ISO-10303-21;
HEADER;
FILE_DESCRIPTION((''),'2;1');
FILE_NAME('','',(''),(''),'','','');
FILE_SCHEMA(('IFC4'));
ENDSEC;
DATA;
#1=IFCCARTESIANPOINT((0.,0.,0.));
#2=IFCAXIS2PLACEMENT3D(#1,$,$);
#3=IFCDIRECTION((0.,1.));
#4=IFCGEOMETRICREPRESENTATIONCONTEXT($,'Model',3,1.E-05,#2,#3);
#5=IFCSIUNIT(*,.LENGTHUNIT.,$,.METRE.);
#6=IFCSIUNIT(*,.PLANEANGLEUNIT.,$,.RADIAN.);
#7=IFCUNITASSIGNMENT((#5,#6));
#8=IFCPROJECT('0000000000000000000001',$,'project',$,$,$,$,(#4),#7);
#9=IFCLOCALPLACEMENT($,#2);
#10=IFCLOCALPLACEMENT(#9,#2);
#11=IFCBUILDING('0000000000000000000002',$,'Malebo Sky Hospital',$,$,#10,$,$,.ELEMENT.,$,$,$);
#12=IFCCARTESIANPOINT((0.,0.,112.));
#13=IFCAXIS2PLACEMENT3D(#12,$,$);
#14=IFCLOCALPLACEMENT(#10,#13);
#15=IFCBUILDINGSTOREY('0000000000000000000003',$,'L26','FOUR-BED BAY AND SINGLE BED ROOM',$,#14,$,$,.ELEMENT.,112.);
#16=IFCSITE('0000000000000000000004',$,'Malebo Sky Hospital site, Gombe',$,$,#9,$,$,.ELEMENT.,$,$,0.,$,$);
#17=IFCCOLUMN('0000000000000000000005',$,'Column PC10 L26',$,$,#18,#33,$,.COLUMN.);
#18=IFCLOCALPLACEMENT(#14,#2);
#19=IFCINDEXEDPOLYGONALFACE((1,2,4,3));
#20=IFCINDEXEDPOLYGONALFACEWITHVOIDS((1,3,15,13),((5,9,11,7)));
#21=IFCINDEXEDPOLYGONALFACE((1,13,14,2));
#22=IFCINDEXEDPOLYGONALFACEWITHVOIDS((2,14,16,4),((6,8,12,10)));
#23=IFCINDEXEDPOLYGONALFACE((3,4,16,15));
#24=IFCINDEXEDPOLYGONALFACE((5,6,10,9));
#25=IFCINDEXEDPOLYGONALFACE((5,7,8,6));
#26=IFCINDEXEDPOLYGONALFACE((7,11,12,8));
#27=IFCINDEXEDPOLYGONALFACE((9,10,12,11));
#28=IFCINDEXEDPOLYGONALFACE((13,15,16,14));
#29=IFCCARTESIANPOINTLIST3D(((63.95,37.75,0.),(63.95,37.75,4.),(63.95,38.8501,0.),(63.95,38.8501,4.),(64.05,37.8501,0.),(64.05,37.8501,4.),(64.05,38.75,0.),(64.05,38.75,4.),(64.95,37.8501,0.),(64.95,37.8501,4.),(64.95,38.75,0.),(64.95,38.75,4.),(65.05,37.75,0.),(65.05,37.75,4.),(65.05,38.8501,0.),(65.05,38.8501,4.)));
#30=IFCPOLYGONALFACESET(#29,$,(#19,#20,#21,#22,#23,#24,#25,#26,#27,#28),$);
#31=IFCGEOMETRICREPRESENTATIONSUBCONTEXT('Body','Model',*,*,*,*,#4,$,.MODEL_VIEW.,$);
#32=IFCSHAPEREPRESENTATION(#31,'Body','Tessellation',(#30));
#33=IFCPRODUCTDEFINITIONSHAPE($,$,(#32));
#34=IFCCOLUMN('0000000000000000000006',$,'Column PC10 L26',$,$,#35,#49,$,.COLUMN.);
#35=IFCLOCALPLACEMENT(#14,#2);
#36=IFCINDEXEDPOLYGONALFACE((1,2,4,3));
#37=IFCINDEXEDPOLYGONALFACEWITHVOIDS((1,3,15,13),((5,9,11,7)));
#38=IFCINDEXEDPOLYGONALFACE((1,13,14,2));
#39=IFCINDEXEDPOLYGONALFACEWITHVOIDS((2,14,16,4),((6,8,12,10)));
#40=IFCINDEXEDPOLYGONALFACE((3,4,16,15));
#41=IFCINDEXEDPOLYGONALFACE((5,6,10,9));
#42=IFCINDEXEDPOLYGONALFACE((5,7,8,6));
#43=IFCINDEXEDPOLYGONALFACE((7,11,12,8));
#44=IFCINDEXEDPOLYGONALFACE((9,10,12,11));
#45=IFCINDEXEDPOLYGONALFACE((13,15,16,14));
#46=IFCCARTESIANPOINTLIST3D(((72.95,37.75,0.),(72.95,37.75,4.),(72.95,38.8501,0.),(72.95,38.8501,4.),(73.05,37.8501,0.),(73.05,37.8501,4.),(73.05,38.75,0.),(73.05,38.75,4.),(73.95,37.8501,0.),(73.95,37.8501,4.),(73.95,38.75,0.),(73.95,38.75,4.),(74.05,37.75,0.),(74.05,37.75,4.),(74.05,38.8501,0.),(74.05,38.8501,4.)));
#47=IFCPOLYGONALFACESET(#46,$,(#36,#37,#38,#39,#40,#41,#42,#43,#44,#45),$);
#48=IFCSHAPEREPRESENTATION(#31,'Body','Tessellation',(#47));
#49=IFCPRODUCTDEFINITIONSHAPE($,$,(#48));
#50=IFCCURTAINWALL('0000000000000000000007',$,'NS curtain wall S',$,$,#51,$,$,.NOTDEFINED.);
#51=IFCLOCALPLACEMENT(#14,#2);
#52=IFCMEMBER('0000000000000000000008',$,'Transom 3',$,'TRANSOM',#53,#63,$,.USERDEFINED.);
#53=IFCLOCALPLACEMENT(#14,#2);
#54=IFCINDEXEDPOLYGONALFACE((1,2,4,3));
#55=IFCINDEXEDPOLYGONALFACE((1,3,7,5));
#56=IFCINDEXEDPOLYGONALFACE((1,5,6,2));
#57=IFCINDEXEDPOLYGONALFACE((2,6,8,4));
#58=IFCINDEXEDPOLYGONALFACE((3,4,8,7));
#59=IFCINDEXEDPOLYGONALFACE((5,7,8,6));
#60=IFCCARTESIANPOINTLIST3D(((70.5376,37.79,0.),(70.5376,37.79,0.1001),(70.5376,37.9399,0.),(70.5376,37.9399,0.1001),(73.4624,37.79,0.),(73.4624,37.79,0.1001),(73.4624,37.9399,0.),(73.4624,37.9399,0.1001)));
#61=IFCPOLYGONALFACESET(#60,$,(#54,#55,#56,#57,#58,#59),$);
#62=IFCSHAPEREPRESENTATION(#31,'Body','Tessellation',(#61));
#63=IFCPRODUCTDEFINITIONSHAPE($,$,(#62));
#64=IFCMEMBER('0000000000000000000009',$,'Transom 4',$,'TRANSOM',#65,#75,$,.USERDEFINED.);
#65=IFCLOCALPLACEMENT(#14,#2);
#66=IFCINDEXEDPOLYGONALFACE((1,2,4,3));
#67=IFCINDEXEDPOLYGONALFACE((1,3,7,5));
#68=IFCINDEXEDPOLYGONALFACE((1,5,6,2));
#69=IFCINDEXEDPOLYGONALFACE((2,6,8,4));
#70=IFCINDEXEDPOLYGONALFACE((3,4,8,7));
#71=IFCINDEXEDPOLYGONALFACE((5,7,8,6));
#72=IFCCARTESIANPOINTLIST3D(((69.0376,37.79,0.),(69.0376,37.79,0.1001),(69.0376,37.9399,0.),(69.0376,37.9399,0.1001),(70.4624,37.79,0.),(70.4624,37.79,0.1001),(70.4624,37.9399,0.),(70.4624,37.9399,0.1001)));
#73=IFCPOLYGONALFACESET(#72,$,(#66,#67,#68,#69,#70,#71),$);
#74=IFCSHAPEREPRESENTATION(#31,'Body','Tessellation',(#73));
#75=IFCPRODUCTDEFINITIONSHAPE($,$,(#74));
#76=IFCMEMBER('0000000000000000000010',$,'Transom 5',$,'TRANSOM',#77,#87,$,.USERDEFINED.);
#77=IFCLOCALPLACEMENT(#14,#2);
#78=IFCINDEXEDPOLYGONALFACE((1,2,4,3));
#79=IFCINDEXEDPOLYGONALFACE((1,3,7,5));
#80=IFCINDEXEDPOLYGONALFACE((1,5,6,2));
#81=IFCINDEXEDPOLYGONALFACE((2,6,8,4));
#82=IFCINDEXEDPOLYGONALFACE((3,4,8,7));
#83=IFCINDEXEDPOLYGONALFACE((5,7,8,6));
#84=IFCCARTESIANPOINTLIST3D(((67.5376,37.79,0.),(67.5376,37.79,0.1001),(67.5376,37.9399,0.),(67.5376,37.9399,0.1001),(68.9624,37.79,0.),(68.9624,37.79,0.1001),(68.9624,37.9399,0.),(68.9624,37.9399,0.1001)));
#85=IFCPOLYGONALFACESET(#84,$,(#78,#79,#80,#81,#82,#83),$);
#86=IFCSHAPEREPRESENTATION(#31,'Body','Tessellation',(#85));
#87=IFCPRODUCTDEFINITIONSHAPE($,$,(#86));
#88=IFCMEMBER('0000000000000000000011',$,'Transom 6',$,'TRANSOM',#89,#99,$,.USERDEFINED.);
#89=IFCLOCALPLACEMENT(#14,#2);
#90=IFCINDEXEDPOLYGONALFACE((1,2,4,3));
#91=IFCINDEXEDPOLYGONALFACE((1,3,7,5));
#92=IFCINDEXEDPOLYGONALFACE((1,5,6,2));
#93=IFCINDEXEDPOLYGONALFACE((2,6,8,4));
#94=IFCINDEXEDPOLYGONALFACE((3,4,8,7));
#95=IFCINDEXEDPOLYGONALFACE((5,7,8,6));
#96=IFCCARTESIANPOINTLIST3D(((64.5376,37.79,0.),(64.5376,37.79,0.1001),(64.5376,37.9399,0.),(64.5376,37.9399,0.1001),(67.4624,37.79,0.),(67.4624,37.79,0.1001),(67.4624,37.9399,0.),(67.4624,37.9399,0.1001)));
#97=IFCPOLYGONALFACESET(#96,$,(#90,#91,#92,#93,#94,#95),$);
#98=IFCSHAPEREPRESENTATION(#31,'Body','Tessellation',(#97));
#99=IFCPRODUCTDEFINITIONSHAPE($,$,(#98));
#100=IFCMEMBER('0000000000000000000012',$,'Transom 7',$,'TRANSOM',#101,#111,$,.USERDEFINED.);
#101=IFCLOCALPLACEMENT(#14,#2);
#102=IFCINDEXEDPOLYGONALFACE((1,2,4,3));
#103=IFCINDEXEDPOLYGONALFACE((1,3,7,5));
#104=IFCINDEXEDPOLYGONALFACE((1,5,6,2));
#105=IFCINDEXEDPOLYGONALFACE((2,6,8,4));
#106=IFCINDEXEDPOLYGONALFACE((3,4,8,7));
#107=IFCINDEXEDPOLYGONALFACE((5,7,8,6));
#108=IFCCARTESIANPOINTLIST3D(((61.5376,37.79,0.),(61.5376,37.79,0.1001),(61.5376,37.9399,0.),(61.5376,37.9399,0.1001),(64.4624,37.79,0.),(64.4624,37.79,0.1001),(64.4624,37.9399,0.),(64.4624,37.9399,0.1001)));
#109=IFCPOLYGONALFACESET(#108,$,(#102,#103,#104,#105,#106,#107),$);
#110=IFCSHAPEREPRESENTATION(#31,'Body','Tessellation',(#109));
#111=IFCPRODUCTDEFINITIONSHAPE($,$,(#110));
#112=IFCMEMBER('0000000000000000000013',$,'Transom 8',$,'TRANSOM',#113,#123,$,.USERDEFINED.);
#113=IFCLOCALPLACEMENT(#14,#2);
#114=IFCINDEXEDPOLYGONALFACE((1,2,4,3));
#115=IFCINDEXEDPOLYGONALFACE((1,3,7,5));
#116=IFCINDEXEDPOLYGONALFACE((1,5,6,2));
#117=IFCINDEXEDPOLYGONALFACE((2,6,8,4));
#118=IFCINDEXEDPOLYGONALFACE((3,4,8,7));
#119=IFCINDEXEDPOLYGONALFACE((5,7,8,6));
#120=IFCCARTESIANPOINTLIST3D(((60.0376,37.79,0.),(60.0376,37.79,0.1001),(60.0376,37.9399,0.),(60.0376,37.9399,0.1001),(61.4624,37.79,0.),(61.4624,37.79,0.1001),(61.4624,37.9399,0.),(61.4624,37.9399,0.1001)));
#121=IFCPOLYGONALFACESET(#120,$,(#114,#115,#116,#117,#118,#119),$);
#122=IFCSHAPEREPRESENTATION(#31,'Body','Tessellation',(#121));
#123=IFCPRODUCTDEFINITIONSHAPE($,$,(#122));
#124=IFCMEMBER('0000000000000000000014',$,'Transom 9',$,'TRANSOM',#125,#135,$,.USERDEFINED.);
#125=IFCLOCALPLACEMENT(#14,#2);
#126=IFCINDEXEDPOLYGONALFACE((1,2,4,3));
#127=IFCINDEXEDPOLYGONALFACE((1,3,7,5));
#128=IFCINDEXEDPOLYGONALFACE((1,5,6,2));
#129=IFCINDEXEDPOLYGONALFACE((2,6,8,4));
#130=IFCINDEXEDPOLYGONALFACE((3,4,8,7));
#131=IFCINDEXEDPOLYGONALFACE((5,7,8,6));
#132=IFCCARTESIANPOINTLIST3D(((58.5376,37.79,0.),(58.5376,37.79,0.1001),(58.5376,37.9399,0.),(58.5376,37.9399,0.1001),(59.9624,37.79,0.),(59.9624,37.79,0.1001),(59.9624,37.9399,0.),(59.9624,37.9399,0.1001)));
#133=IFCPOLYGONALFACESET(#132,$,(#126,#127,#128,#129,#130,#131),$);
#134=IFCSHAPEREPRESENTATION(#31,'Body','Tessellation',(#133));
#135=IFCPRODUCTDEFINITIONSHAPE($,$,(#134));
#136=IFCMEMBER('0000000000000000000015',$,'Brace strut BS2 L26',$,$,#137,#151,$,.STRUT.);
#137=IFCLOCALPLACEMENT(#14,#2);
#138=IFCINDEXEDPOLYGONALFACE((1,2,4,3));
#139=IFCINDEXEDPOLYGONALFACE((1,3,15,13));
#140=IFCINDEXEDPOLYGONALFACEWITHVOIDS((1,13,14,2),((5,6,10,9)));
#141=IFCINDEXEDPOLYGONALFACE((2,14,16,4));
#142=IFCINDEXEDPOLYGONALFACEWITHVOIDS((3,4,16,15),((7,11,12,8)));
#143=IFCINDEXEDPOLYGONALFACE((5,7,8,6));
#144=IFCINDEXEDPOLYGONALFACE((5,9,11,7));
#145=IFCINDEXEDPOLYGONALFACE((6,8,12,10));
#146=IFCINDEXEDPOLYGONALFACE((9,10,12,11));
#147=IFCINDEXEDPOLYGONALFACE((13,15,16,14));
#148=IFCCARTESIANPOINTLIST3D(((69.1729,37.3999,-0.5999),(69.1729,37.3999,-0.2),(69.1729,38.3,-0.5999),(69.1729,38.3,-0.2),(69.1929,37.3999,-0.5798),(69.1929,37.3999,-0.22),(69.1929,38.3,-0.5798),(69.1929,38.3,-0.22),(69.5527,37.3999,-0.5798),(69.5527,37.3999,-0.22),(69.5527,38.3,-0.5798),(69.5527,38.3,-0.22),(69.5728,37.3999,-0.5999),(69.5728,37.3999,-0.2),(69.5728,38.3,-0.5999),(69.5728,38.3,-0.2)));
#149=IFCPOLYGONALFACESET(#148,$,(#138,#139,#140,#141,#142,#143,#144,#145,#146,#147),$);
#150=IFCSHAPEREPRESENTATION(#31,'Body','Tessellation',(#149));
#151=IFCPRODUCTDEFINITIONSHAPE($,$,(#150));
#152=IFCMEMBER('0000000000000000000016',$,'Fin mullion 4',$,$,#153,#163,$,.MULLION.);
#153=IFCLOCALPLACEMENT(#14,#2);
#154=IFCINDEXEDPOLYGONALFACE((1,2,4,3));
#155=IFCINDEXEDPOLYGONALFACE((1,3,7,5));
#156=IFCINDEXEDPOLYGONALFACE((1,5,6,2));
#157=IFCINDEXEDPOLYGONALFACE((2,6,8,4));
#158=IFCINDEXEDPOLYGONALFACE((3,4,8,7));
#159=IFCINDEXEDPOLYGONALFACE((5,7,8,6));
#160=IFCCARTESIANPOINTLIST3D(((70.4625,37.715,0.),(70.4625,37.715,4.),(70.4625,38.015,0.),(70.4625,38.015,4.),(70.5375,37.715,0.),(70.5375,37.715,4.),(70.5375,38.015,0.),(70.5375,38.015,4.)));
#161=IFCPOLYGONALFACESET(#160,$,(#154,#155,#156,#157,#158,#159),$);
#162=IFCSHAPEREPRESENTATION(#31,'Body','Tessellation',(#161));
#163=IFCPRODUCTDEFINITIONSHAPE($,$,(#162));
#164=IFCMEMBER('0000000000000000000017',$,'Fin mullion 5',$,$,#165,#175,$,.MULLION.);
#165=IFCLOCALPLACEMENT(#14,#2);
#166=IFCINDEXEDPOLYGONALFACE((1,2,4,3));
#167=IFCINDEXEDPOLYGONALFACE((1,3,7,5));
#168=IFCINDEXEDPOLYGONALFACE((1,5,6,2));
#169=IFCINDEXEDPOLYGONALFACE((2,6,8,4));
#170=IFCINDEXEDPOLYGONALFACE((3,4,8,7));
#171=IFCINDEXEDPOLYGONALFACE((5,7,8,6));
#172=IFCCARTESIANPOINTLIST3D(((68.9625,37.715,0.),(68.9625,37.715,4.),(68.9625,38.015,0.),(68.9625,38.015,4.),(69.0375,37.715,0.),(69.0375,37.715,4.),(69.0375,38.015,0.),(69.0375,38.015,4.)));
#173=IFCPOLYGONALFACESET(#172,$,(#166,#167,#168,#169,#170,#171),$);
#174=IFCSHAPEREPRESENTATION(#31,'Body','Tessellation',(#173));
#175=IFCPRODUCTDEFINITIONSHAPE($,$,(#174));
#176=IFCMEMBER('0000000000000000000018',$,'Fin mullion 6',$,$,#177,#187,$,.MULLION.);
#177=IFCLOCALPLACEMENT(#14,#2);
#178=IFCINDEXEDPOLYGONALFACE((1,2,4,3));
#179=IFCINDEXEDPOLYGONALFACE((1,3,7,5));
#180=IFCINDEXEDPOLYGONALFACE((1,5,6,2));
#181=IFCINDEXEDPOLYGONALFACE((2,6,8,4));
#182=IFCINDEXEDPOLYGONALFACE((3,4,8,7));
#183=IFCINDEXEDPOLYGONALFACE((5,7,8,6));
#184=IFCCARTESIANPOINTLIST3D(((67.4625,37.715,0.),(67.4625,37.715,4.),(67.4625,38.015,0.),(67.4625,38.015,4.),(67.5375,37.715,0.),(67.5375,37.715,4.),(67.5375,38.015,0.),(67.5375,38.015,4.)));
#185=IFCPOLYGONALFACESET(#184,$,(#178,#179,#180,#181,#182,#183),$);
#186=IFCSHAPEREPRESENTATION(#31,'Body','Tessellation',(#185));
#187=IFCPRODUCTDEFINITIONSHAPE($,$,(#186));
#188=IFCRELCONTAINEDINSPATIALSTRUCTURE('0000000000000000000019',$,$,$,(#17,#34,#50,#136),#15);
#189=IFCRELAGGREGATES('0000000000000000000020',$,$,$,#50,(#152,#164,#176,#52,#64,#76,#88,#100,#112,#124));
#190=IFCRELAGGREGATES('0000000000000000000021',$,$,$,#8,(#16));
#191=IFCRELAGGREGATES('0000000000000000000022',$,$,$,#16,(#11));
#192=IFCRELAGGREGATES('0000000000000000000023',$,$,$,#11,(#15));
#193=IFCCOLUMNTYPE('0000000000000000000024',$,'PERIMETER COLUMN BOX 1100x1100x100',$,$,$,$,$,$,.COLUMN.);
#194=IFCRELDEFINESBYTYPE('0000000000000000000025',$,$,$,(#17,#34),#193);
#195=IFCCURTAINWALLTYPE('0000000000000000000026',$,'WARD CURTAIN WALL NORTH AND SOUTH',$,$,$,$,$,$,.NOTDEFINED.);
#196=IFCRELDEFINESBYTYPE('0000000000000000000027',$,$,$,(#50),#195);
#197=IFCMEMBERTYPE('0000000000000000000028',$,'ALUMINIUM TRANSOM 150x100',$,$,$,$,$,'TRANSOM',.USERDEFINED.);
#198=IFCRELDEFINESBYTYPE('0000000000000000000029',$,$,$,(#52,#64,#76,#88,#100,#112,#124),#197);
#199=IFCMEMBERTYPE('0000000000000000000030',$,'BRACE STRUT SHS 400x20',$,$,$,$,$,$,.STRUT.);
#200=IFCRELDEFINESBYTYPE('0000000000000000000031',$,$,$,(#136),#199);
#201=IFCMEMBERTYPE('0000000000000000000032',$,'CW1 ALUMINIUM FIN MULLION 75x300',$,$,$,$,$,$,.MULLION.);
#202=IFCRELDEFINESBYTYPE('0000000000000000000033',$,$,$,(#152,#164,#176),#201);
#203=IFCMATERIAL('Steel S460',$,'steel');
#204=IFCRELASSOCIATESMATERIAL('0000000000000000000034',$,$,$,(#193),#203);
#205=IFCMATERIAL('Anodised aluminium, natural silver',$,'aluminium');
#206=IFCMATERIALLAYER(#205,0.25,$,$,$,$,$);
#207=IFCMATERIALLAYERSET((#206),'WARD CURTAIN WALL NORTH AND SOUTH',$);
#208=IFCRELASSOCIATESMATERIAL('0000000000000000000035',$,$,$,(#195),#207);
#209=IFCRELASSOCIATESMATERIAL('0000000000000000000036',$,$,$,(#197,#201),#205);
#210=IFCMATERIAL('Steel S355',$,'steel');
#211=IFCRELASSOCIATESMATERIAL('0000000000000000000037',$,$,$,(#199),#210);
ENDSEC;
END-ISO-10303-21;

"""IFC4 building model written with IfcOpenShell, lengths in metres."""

from ifc_helpers import new_model, si_unit, direction, frame, origin, origin_2d, place, context, subcontext, project, spatial, rectangle, hollow_rectangle, extrude, material, layer, layer_set, material_profile, profile_set, type_object, element, aggregate, save


model = new_model("IFC4")

# Units and contexts
model_context = context("Model", 3, precision=1e-05, world=origin(), true_north=direction((0.0, 1.0)))
body_context = subcontext(model_context, "Body", "Model", "MODEL_VIEW")
ifc_project = project(units=[si_unit("LENGTHUNIT", "METRE"), si_unit("PLANEANGLEUNIT", "RADIAN")], contexts=[model_context])

# Site, building, storey
site_placement = place(None, origin())
site = spatial("IfcSite", under=ifc_project, at=site_placement, Name="Malebo Sky Hospital site, Gombe", CompositionType="ELEMENT", RefElevation=0.0)
building_placement = place(site_placement, origin())
building = spatial("IfcBuilding", under=site, at=building_placement, Name="Malebo Sky Hospital", CompositionType="ELEMENT")
storey_placement = place(building_placement, frame((0.0, 0.0, 112.0)))
storey = spatial("IfcBuildingStorey", under=building, at=storey_placement, Name="L26", Description="FOUR-BED BAY AND SINGLE BED ROOM", CompositionType="ELEMENT", Elevation=112.0)

# Columns
ifc_material_1 = material(Name="Steel S460", Category="steel")
ifc_material_profile_1 = material_profile(ifc_material_1, hollow_rectangle(XDim=1.1001, YDim=1.1001, WallThickness=0.1001, at=origin_2d()), Name="BOX 1100x1100x100")
ifc_profile_set_1 = profile_set([ifc_material_profile_1], Name="Steel S460")
column_type = type_object("IfcColumnType", Name="PERIMETER COLUMN BOX 1100x1100x100", PredefinedType="COLUMN", material=ifc_profile_set_1)
for number, where, z_axis, x_axis, name in (
    (1, (64.5, 38.3, 0.0), (0.0, 0.0, 1.0), (1.0, 0.0, 0.0), "Column PC10 L26"),
    (2, (73.5, 38.3, 0.0), (0.0, 0.0, 1.0), (1.0, 0.0, 0.0), "Column PC10 L26"),
):
    element("IfcColumn", number, at=place(storey_placement, frame(where, z_axis=z_axis, x_axis=x_axis)), inside=storey, type_object=column_type, Name=name, PredefinedType="COLUMN", context=body_context, shape_type="SweptSolid", body=[
        extrude(hollow_rectangle(XDim=1.1001, YDim=1.1001, WallThickness=0.1001, at=origin_2d()), origin(), (0.0, 0.0, 1.0), 4.0),
    ])

# Curtain wall, members
ifc_material_2 = material(Name="Anodised aluminium, natural silver", Category="aluminium")
ifc_layer_1 = layer(ifc_material_2, 0.25)
ifc_layer_set_1 = layer_set([ifc_layer_1], Name="WARD CURTAIN WALL NORTH AND SOUTH")
curtain_wall_type = type_object("IfcCurtainWallType", Name="WARD CURTAIN WALL NORTH AND SOUTH", PredefinedType="NOTDEFINED", material=ifc_layer_set_1)
curtain_wall_placement = place(storey_placement, origin())
curtain_wall = element("IfcCurtainWall", 3, at=curtain_wall_placement, inside=storey, type_object=curtain_wall_type, Name="NS curtain wall S", PredefinedType="NOTDEFINED")
ifc_material_profile_2 = material_profile(ifc_material_2, rectangle(XDim=0.1499, YDim=0.1001, at=origin_2d()), Name="ALUMINIUM TRANSOM 150x100")
ifc_profile_set_2 = profile_set([ifc_material_profile_2], Name="Anodised aluminium, natural silver")
member_type_1 = type_object("IfcMemberType", Name="ALUMINIUM TRANSOM 150x100", ElementType="TRANSOM", PredefinedType="USERDEFINED", material=ifc_profile_set_2)
member_1_placement = place(storey_placement, frame((73.4624, 37.865, 0.05), z_axis=(-1.0, 0.0, 0.0), x_axis=(0.0, -1.0, 0.0)))
member_1 = element("IfcMember", 4, at=member_1_placement, type_object=member_type_1, Name="Transom 3", ObjectType="TRANSOM", PredefinedType="USERDEFINED", context=body_context, shape_type="SweptSolid", body=[
    extrude(rectangle(XDim=0.1499, YDim=0.1001, at=origin_2d()), origin(), (0.0, 0.0, 1.0), 2.9248),
])
member_2_placement = place(storey_placement, frame((70.4624, 37.865, 0.05), z_axis=(-1.0, 0.0, 0.0), x_axis=(0.0, -1.0, 0.0)))
member_2 = element("IfcMember", 5, at=member_2_placement, type_object=member_type_1, Name="Transom 4", ObjectType="TRANSOM", PredefinedType="USERDEFINED", context=body_context, shape_type="SweptSolid", body=[
    extrude(rectangle(XDim=0.1499, YDim=0.1001, at=origin_2d()), origin(), (0.0, 0.0, 1.0), 1.4248),
])
member_3_placement = place(storey_placement, frame((68.9624, 37.865, 0.05), z_axis=(-1.0, 0.0, 0.0), x_axis=(0.0, -1.0, 0.0)))
member_3 = element("IfcMember", 6, at=member_3_placement, type_object=member_type_1, Name="Transom 5", ObjectType="TRANSOM", PredefinedType="USERDEFINED", context=body_context, shape_type="SweptSolid", body=[
    extrude(rectangle(XDim=0.1499, YDim=0.1001, at=origin_2d()), origin(), (0.0, 0.0, 1.0), 1.4248),
])
member_4_placement = place(storey_placement, frame((67.4624, 37.865, 0.05), z_axis=(-1.0, 0.0, 0.0), x_axis=(0.0, -1.0, 0.0)))
member_4 = element("IfcMember", 7, at=member_4_placement, type_object=member_type_1, Name="Transom 6", ObjectType="TRANSOM", PredefinedType="USERDEFINED", context=body_context, shape_type="SweptSolid", body=[
    extrude(rectangle(XDim=0.1499, YDim=0.1001, at=origin_2d()), origin(), (0.0, 0.0, 1.0), 2.9248),
])
member_5_placement = place(storey_placement, frame((64.4624, 37.865, 0.05), z_axis=(-1.0, 0.0, 0.0), x_axis=(0.0, -1.0, 0.0)))
member_5 = element("IfcMember", 8, at=member_5_placement, type_object=member_type_1, Name="Transom 7", ObjectType="TRANSOM", PredefinedType="USERDEFINED", context=body_context, shape_type="SweptSolid", body=[
    extrude(rectangle(XDim=0.1499, YDim=0.1001, at=origin_2d()), origin(), (0.0, 0.0, 1.0), 2.9248),
])
member_6_placement = place(storey_placement, frame((61.4624, 37.865, 0.05), z_axis=(-1.0, 0.0, 0.0), x_axis=(0.0, -1.0, 0.0)))
member_6 = element("IfcMember", 9, at=member_6_placement, type_object=member_type_1, Name="Transom 8", ObjectType="TRANSOM", PredefinedType="USERDEFINED", context=body_context, shape_type="SweptSolid", body=[
    extrude(rectangle(XDim=0.1499, YDim=0.1001, at=origin_2d()), origin(), (0.0, 0.0, 1.0), 1.4248),
])
member_7_placement = place(storey_placement, frame((59.9624, 37.865, 0.05), z_axis=(-1.0, 0.0, 0.0), x_axis=(0.0, -1.0, 0.0)))
member_7 = element("IfcMember", 10, at=member_7_placement, type_object=member_type_1, Name="Transom 9", ObjectType="TRANSOM", PredefinedType="USERDEFINED", context=body_context, shape_type="SweptSolid", body=[
    extrude(rectangle(XDim=0.1499, YDim=0.1001, at=origin_2d()), origin(), (0.0, 0.0, 1.0), 1.4248),
])

# Members
ifc_material_3 = material(Name="Steel S355", Category="steel")
ifc_material_profile_3 = material_profile(ifc_material_3, hollow_rectangle(XDim=0.3999, YDim=0.3999, WallThickness=0.02, at=origin_2d()), Name="SHS 400x20")
ifc_profile_set_3 = profile_set([ifc_material_profile_3], Name="Steel S355")
member_type_2 = type_object("IfcMemberType", Name="BRACE STRUT SHS 400x20", PredefinedType="STRUT", material=ifc_profile_set_3)
member_8_placement = place(storey_placement, frame((69.3728, 37.3999, -0.3999), z_axis=(0.0, 1.0, 0.0), x_axis=(-1.0, 0.0, 0.0)))
element("IfcMember", 11, at=member_8_placement, inside=storey, type_object=member_type_2, Name="Brace strut BS2 L26", PredefinedType="STRUT", context=body_context, shape_type="SweptSolid", body=[
    extrude(hollow_rectangle(XDim=0.3999, YDim=0.3999, WallThickness=0.02, at=origin_2d()), origin(), (0.0, 0.0, 1.0), 0.9001),
])
ifc_material_profile_4 = material_profile(ifc_material_2, rectangle(XDim=0.075, YDim=0.3, at=origin_2d()), Name="CW1 ALUMINIUM FIN MULLION 75x300")
ifc_profile_set_4 = profile_set([ifc_material_profile_4], Name="Anodised aluminium, natural silver")
member_type_3 = type_object("IfcMemberType", Name="CW1 ALUMINIUM FIN MULLION 75x300", PredefinedType="MULLION", material=ifc_profile_set_4)
member_9_placement = place(storey_placement, frame((70.5, 37.865, 0.0), z_axis=(0.0, 0.0, 1.0), x_axis=(-1.0, 0.0, 0.0)))
member_9 = element("IfcMember", 12, at=member_9_placement, type_object=member_type_3, Name="Fin mullion 4", PredefinedType="MULLION", context=body_context, shape_type="SweptSolid", body=[
    extrude(rectangle(XDim=0.075, YDim=0.3, at=origin_2d()), origin(), (0.0, 0.0, 1.0), 4.0),
])
member_10_placement = place(storey_placement, frame((69.0, 37.865, 0.0), z_axis=(0.0, 0.0, 1.0), x_axis=(-1.0, 0.0, 0.0)))
member_10 = element("IfcMember", 13, at=member_10_placement, type_object=member_type_3, Name="Fin mullion 5", PredefinedType="MULLION", context=body_context, shape_type="SweptSolid", body=[
    extrude(rectangle(XDim=0.075, YDim=0.3, at=origin_2d()), origin(), (0.0, 0.0, 1.0), 4.0),
])
member_11_placement = place(storey_placement, frame((67.5, 37.865, 0.0), z_axis=(0.0, 0.0, 1.0), x_axis=(-1.0, 0.0, 0.0)))
member_11 = element("IfcMember", 14, at=member_11_placement, type_object=member_type_3, Name="Fin mullion 6", PredefinedType="MULLION", context=body_context, shape_type="SweptSolid", body=[
    extrude(rectangle(XDim=0.075, YDim=0.3, at=origin_2d()), origin(), (0.0, 0.0, 1.0), 4.0),
])

aggregate(curtain_wall, [member_9, member_10, member_11, member_1, member_2, member_3, member_4, member_5, member_6, member_7])

save(model, "model.ifc")
